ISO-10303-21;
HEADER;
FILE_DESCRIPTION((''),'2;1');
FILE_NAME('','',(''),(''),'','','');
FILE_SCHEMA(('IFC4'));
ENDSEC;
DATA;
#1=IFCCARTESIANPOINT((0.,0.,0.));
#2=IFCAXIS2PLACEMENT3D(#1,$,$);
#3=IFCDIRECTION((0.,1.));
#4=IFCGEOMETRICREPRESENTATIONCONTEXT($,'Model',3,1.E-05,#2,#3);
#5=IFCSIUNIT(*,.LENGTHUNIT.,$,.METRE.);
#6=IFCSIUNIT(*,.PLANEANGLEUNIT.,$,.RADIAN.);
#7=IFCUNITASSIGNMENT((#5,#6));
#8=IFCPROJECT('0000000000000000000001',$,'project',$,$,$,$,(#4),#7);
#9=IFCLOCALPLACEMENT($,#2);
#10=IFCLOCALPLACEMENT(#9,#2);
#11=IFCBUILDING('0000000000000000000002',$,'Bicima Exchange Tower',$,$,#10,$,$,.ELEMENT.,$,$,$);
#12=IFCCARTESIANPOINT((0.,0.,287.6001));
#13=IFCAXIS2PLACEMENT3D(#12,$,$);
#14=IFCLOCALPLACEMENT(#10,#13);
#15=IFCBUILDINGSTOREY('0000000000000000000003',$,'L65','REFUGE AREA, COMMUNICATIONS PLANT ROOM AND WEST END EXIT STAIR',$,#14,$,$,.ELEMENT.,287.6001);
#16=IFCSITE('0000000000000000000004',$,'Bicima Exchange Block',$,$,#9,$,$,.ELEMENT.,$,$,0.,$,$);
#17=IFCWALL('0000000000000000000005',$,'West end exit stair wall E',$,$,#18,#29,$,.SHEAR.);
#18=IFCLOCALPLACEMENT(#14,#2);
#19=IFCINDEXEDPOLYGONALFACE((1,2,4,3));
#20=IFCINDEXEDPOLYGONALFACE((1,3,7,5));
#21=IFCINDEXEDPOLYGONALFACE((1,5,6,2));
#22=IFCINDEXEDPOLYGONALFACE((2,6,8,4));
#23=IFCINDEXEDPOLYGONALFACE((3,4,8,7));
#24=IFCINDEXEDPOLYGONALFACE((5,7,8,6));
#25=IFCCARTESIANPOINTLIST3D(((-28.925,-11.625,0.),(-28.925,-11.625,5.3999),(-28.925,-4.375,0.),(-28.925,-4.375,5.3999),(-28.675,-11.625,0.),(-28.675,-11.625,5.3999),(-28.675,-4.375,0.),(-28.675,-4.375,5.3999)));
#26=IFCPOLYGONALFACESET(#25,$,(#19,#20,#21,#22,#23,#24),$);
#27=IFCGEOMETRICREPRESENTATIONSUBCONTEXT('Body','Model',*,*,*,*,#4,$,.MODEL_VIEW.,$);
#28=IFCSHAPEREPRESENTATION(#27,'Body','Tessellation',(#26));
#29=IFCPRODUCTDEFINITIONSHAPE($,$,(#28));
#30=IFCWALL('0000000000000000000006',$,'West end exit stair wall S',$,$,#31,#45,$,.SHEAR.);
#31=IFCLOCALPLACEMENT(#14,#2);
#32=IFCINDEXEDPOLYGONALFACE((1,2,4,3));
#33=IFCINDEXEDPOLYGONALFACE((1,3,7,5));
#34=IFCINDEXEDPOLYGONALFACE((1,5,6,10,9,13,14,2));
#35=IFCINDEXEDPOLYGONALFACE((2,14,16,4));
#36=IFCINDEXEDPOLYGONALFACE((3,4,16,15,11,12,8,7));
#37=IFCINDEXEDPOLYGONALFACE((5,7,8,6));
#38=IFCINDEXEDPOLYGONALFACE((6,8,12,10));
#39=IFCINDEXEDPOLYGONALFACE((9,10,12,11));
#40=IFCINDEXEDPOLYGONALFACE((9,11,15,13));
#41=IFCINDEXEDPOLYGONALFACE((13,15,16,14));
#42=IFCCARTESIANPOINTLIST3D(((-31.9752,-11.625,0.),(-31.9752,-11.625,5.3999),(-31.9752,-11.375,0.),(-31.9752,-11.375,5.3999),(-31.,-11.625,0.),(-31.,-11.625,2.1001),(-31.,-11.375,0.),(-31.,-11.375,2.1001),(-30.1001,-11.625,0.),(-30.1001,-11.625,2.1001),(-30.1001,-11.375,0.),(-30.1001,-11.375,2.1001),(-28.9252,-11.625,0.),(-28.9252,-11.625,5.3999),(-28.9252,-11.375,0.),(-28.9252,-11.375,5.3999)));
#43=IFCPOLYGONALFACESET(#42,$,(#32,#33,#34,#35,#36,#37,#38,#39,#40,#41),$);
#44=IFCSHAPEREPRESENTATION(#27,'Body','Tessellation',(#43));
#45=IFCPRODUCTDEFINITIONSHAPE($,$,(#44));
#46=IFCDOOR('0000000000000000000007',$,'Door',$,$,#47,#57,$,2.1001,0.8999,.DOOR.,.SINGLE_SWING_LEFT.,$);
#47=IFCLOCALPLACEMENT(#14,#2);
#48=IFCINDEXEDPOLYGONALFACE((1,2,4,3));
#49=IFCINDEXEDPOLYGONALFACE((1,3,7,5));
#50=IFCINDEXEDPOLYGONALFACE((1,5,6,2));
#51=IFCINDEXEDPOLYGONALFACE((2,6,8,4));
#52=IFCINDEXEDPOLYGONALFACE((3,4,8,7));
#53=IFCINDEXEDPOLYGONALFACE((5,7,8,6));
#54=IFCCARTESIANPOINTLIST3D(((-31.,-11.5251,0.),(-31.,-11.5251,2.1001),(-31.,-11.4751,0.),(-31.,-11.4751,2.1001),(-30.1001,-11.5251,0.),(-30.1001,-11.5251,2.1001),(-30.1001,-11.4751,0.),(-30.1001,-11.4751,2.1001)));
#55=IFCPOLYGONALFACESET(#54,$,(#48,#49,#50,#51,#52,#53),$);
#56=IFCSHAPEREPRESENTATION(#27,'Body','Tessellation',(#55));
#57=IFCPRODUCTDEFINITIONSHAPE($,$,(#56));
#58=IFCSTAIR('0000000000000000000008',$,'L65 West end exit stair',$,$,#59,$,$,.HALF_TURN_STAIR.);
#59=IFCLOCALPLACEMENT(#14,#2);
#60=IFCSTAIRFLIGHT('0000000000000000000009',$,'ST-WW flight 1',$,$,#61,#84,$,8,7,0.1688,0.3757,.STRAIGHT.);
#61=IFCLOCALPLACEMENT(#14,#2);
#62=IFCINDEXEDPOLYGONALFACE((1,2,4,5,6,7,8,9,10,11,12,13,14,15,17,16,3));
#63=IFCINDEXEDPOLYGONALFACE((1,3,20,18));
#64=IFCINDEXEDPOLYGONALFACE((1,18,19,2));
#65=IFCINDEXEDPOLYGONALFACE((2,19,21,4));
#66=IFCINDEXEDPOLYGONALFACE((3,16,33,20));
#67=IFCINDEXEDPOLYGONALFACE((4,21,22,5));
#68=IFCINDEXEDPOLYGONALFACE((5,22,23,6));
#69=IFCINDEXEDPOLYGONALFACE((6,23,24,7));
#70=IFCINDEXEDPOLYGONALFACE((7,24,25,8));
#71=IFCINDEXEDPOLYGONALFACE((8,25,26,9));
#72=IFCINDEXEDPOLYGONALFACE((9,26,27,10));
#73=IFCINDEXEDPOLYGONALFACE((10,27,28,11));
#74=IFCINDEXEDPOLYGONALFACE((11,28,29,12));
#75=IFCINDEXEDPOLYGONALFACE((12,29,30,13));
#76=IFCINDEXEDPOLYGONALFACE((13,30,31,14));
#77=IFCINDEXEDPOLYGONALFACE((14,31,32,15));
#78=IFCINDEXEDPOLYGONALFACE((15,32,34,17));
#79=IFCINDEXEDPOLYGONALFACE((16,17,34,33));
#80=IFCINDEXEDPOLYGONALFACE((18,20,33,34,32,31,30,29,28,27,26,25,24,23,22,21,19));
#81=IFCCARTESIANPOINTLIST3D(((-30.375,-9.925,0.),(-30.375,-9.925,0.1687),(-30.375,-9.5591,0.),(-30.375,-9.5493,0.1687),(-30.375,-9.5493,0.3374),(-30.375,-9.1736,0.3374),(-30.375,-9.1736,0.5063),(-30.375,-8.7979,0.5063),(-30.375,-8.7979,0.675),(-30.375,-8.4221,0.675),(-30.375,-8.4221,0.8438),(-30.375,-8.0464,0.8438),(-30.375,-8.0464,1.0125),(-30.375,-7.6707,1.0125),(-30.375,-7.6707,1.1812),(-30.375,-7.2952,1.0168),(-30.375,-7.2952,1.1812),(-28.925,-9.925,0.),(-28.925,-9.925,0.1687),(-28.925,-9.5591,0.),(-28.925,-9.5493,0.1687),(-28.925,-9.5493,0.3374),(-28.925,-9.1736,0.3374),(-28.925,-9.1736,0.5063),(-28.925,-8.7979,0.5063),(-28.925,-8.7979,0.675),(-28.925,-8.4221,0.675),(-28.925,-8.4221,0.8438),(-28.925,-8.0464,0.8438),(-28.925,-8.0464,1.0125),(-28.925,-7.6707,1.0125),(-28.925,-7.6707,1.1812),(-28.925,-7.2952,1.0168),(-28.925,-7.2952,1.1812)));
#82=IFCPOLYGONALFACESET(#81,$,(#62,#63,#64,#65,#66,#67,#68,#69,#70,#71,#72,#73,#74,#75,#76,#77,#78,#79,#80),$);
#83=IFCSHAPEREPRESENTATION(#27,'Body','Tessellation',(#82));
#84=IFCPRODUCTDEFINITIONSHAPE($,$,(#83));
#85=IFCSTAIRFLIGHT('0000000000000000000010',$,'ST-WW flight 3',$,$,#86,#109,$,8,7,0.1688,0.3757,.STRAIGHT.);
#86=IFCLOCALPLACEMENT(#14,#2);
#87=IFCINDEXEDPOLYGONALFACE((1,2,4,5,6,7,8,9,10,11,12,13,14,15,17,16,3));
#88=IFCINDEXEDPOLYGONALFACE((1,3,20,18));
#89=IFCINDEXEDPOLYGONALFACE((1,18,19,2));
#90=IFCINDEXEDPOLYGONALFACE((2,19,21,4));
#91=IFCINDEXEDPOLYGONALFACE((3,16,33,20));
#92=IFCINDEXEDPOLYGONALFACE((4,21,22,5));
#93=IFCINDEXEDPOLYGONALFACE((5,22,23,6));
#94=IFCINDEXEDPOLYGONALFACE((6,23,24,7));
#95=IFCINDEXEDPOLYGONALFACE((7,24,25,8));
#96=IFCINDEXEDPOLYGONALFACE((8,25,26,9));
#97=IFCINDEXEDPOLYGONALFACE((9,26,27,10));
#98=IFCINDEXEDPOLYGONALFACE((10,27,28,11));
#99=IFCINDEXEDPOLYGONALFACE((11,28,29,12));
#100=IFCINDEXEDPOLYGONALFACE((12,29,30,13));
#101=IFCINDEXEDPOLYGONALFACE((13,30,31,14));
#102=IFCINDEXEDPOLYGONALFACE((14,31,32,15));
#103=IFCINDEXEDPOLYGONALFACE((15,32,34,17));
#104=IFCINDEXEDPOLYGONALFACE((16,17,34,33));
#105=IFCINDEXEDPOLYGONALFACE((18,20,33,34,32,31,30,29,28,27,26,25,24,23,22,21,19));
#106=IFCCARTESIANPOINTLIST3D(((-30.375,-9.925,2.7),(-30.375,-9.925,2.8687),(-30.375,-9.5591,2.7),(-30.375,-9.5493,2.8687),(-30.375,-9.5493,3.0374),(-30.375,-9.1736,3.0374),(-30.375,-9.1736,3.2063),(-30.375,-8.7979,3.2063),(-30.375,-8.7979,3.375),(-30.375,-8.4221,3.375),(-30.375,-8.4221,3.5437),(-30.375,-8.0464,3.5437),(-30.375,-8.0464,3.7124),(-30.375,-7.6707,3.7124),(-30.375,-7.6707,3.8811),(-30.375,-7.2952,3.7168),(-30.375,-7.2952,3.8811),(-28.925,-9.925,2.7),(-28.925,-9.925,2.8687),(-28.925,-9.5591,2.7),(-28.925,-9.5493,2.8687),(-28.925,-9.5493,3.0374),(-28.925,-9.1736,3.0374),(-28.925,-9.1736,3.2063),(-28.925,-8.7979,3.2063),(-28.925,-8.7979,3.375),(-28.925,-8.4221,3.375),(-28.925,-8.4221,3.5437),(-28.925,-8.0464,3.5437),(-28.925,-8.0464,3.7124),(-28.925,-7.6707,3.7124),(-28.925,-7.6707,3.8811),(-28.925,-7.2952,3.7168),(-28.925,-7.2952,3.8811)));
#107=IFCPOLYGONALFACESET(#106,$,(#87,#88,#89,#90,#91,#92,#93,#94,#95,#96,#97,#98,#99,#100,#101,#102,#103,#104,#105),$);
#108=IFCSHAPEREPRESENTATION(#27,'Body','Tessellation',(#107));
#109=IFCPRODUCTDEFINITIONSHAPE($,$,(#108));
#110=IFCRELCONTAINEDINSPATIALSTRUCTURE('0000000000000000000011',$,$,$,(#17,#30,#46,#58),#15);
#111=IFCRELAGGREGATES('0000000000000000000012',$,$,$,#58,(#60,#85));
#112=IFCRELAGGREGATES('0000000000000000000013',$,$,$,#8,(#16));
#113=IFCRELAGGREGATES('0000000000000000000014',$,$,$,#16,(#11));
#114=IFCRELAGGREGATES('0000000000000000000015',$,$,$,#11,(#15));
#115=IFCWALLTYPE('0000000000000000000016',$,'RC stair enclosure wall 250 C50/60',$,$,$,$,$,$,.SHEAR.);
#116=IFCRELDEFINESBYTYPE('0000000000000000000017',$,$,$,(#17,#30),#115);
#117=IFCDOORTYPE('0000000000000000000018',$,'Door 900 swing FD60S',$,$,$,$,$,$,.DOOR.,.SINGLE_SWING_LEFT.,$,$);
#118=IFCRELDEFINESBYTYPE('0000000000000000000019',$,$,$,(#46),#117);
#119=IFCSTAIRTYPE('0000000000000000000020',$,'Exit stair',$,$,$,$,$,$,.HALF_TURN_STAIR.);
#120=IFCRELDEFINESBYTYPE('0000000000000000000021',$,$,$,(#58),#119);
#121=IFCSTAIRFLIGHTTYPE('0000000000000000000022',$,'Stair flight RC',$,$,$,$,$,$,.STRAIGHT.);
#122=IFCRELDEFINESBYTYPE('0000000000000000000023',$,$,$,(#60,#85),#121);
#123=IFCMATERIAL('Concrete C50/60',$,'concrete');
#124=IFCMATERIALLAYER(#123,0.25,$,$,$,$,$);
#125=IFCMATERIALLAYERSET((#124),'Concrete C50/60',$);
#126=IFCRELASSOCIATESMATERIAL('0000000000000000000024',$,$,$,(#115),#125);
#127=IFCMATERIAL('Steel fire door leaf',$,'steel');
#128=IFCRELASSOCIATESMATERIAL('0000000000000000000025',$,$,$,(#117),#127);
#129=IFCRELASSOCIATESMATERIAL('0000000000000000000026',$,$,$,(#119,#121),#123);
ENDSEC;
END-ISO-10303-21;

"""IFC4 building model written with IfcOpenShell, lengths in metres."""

from ifc_helpers import new_model, si_unit, direction, frame, frame_2d, origin, place, context, subcontext, project, spatial, polyline, rectangle, outline, extrude, material, layer, layer_set, type_object, element, fill, aggregate, save


model = new_model("IFC4")

# Units and contexts
model_context = context("Model", 3, precision=1e-05, world=origin(), true_north=direction((0.0, 1.0)))
body_context = subcontext(model_context, "Body", "Model", "MODEL_VIEW")
ifc_project = project(units=[si_unit("LENGTHUNIT", "METRE"), si_unit("PLANEANGLEUNIT", "RADIAN")], contexts=[model_context])

# Site, building, storey
site_placement = place(None, origin())
site = spatial("IfcSite", under=ifc_project, at=site_placement, Name="Bicima Exchange Block", CompositionType="ELEMENT", RefElevation=0.0)
building_placement = place(site_placement, origin())
building = spatial("IfcBuilding", under=site, at=building_placement, Name="Bicima Exchange Tower", CompositionType="ELEMENT")
storey_placement = place(building_placement, frame((0.0, 0.0, 287.6001)))
storey = spatial("IfcBuildingStorey", under=building, at=storey_placement, Name="L65", Description="REFUGE AREA, COMMUNICATIONS PLANT ROOM AND WEST END EXIT STAIR", CompositionType="ELEMENT", Elevation=287.6001)

# Wall
ifc_material_1 = material(Name="Concrete C50/60", Category="concrete")
ifc_layer = layer(ifc_material_1, 0.25)
ifc_layer_set = layer_set([ifc_layer], Name="Concrete C50/60")
wall_type = type_object("IfcWallType", Name="RC stair enclosure wall 250 C50/60", PredefinedType="SHEAR", material=ifc_layer_set)
wall_1_placement = place(storey_placement, frame((-28.8, -11.625, 0.0), z_axis=(0.0, 0.0, 1.0), x_axis=(0.0, 1.0, 0.0)))
element("IfcWall", 1, at=wall_1_placement, inside=storey, type_object=wall_type, Name="West end exit stair wall E", PredefinedType="SHEAR", context=body_context, shape_type="SweptSolid", body=[
    extrude(rectangle(XDim=7.25, YDim=0.25, at=frame_2d((3.625, 0.0))), origin(), (0.0, 0.0, 1.0), 5.3999),
])

# Wall, opening, door
wall_2_placement = place(storey_placement, frame((-31.9751, -11.5, 0.0), z_axis=(0.0, 0.0, 1.0), x_axis=(1.0, 0.0, 0.0)))
wall_2 = element("IfcWall", 2, at=wall_2_placement, inside=storey, type_object=wall_type, Name="West end exit stair wall S", PredefinedType="SHEAR", context=body_context, shape_type="SweptSolid", body=[
    extrude(rectangle(XDim=3.05, YDim=0.25, at=frame_2d((1.5249, 0.0))), origin(), (0.0, 0.0, 1.0), 5.3999),
])
opening_placement = place(wall_2_placement, frame((0.9751, 0.0, 0.0)))
opening = element("IfcOpeningElement", 3, at=opening_placement, cuts=wall_2, PredefinedType="OPENING", context=body_context, shape_type="SweptSolid", body=[
    extrude(rectangle(XDim=0.8999, YDim=2.1001, at=frame_2d((0.45, 1.05))), frame((0.0, 0.137, 0.0), z_axis=(0.0, -1.0, 0.0), x_axis=(1.0, 0.0, 0.0)), (0.0, 0.0, 1.0), 0.2739),
])
ifc_material_2 = material(Name="Steel fire door leaf", Category="steel")
door_type = type_object("IfcDoorType", Name="Door 900 swing FD60S", OperationType="SINGLE_SWING_LEFT", PredefinedType="DOOR", material=ifc_material_2)
door_placement = place(opening_placement, origin())
door = element("IfcDoor", 4, at=door_placement, inside=storey, type_object=door_type, Name="Door", OperationType="SINGLE_SWING_LEFT", OverallHeight=2.1001, OverallWidth=0.8999, PredefinedType="DOOR", context=body_context, shape_type="SweptSolid", body=[
    extrude(rectangle(XDim=0.8999, YDim=2.1001, at=frame_2d((0.45, 1.05))), frame((0.0, 0.0249, 0.0), z_axis=(0.0, -1.0, 0.0), x_axis=(1.0, 0.0, 0.0)), (0.0, 0.0, 1.0), 0.05),
])
fill(opening, door)

# Stair, stair flights
stair_type = type_object("IfcStairType", Name="Exit stair", PredefinedType="HALF_TURN_STAIR", material=ifc_material_1)
stair_placement = place(storey_placement, origin())
stair = element("IfcStair", 5, at=stair_placement, inside=storey, type_object=stair_type, Name="L65 West end exit stair", PredefinedType="HALF_TURN_STAIR")
stair_flight_type = type_object("IfcStairFlightType", Name="Stair flight RC", PredefinedType="STRAIGHT", material=ifc_material_1)
stair_flight_1_placement = place(storey_placement, frame((-29.6499, -9.925, 0.0), z_axis=(0.0, 0.0, 1.0), x_axis=(0.0, 1.0, 0.0)))
stair_flight_1 = element("IfcStairFlight", 6, at=stair_flight_1_placement, type_object=stair_flight_type, Name="ST-WW flight 1", NumberOfRisers=8, NumberOfTreads=7, PredefinedType="STRAIGHT", RiserHeight=0.1688, TreadLength=0.3757, context=body_context, shape_type="SweptSolid", body=[
    extrude(outline(polyline([(0.0, 0.0), (0.0, 0.1687), (0.3757, 0.1687), (0.3757, 0.3374), (0.7515, 0.3374), (0.7515, 0.5063), (1.1272, 0.5063), (1.1272, 0.675), (1.5029, 0.675), (1.5029, 0.8438), (1.8787, 0.8438), (1.8787, 1.0125), (2.2544, 1.0125), (2.2544, 1.1812), (2.6299, 1.1812), (2.6299, 1.3501), (2.6299, 1.0168), (0.366, 0.0), (0.0, 0.0)])), frame((0.0, 0.7251, 0.0), z_axis=(0.0, -1.0, 0.0), x_axis=(1.0, 0.0, 0.0)), (0.0, 0.0, 1.0), 1.45),
])
stair_flight_2_placement = place(storey_placement, frame((-29.6499, -9.925, 2.7), z_axis=(0.0, 0.0, 1.0), x_axis=(0.0, 1.0, 0.0)))
stair_flight_2 = element("IfcStairFlight", 7, at=stair_flight_2_placement, type_object=stair_flight_type, Name="ST-WW flight 3", NumberOfRisers=8, NumberOfTreads=7, PredefinedType="STRAIGHT", RiserHeight=0.1688, TreadLength=0.3757, context=body_context, shape_type="SweptSolid", body=[
    extrude(outline(polyline([(0.0, 0.0), (0.0, 0.1687), (0.3757, 0.1687), (0.3757, 0.3374), (0.7515, 0.3374), (0.7515, 0.5063), (1.1272, 0.5063), (1.1272, 0.675), (1.5029, 0.675), (1.5029, 0.8438), (1.8787, 0.8438), (1.8787, 1.0125), (2.2544, 1.0125), (2.2544, 1.1812), (2.6299, 1.1812), (2.6299, 1.3501), (2.6299, 1.0168), (0.366, 0.0), (0.0, 0.0)])), frame((0.0, 0.7251, 0.0), z_axis=(0.0, -1.0, 0.0), x_axis=(1.0, 0.0, 0.0)), (0.0, 0.0, 1.0), 1.45),
])
aggregate(stair, [stair_flight_1, stair_flight_2])

save(model, "model.ifc")
